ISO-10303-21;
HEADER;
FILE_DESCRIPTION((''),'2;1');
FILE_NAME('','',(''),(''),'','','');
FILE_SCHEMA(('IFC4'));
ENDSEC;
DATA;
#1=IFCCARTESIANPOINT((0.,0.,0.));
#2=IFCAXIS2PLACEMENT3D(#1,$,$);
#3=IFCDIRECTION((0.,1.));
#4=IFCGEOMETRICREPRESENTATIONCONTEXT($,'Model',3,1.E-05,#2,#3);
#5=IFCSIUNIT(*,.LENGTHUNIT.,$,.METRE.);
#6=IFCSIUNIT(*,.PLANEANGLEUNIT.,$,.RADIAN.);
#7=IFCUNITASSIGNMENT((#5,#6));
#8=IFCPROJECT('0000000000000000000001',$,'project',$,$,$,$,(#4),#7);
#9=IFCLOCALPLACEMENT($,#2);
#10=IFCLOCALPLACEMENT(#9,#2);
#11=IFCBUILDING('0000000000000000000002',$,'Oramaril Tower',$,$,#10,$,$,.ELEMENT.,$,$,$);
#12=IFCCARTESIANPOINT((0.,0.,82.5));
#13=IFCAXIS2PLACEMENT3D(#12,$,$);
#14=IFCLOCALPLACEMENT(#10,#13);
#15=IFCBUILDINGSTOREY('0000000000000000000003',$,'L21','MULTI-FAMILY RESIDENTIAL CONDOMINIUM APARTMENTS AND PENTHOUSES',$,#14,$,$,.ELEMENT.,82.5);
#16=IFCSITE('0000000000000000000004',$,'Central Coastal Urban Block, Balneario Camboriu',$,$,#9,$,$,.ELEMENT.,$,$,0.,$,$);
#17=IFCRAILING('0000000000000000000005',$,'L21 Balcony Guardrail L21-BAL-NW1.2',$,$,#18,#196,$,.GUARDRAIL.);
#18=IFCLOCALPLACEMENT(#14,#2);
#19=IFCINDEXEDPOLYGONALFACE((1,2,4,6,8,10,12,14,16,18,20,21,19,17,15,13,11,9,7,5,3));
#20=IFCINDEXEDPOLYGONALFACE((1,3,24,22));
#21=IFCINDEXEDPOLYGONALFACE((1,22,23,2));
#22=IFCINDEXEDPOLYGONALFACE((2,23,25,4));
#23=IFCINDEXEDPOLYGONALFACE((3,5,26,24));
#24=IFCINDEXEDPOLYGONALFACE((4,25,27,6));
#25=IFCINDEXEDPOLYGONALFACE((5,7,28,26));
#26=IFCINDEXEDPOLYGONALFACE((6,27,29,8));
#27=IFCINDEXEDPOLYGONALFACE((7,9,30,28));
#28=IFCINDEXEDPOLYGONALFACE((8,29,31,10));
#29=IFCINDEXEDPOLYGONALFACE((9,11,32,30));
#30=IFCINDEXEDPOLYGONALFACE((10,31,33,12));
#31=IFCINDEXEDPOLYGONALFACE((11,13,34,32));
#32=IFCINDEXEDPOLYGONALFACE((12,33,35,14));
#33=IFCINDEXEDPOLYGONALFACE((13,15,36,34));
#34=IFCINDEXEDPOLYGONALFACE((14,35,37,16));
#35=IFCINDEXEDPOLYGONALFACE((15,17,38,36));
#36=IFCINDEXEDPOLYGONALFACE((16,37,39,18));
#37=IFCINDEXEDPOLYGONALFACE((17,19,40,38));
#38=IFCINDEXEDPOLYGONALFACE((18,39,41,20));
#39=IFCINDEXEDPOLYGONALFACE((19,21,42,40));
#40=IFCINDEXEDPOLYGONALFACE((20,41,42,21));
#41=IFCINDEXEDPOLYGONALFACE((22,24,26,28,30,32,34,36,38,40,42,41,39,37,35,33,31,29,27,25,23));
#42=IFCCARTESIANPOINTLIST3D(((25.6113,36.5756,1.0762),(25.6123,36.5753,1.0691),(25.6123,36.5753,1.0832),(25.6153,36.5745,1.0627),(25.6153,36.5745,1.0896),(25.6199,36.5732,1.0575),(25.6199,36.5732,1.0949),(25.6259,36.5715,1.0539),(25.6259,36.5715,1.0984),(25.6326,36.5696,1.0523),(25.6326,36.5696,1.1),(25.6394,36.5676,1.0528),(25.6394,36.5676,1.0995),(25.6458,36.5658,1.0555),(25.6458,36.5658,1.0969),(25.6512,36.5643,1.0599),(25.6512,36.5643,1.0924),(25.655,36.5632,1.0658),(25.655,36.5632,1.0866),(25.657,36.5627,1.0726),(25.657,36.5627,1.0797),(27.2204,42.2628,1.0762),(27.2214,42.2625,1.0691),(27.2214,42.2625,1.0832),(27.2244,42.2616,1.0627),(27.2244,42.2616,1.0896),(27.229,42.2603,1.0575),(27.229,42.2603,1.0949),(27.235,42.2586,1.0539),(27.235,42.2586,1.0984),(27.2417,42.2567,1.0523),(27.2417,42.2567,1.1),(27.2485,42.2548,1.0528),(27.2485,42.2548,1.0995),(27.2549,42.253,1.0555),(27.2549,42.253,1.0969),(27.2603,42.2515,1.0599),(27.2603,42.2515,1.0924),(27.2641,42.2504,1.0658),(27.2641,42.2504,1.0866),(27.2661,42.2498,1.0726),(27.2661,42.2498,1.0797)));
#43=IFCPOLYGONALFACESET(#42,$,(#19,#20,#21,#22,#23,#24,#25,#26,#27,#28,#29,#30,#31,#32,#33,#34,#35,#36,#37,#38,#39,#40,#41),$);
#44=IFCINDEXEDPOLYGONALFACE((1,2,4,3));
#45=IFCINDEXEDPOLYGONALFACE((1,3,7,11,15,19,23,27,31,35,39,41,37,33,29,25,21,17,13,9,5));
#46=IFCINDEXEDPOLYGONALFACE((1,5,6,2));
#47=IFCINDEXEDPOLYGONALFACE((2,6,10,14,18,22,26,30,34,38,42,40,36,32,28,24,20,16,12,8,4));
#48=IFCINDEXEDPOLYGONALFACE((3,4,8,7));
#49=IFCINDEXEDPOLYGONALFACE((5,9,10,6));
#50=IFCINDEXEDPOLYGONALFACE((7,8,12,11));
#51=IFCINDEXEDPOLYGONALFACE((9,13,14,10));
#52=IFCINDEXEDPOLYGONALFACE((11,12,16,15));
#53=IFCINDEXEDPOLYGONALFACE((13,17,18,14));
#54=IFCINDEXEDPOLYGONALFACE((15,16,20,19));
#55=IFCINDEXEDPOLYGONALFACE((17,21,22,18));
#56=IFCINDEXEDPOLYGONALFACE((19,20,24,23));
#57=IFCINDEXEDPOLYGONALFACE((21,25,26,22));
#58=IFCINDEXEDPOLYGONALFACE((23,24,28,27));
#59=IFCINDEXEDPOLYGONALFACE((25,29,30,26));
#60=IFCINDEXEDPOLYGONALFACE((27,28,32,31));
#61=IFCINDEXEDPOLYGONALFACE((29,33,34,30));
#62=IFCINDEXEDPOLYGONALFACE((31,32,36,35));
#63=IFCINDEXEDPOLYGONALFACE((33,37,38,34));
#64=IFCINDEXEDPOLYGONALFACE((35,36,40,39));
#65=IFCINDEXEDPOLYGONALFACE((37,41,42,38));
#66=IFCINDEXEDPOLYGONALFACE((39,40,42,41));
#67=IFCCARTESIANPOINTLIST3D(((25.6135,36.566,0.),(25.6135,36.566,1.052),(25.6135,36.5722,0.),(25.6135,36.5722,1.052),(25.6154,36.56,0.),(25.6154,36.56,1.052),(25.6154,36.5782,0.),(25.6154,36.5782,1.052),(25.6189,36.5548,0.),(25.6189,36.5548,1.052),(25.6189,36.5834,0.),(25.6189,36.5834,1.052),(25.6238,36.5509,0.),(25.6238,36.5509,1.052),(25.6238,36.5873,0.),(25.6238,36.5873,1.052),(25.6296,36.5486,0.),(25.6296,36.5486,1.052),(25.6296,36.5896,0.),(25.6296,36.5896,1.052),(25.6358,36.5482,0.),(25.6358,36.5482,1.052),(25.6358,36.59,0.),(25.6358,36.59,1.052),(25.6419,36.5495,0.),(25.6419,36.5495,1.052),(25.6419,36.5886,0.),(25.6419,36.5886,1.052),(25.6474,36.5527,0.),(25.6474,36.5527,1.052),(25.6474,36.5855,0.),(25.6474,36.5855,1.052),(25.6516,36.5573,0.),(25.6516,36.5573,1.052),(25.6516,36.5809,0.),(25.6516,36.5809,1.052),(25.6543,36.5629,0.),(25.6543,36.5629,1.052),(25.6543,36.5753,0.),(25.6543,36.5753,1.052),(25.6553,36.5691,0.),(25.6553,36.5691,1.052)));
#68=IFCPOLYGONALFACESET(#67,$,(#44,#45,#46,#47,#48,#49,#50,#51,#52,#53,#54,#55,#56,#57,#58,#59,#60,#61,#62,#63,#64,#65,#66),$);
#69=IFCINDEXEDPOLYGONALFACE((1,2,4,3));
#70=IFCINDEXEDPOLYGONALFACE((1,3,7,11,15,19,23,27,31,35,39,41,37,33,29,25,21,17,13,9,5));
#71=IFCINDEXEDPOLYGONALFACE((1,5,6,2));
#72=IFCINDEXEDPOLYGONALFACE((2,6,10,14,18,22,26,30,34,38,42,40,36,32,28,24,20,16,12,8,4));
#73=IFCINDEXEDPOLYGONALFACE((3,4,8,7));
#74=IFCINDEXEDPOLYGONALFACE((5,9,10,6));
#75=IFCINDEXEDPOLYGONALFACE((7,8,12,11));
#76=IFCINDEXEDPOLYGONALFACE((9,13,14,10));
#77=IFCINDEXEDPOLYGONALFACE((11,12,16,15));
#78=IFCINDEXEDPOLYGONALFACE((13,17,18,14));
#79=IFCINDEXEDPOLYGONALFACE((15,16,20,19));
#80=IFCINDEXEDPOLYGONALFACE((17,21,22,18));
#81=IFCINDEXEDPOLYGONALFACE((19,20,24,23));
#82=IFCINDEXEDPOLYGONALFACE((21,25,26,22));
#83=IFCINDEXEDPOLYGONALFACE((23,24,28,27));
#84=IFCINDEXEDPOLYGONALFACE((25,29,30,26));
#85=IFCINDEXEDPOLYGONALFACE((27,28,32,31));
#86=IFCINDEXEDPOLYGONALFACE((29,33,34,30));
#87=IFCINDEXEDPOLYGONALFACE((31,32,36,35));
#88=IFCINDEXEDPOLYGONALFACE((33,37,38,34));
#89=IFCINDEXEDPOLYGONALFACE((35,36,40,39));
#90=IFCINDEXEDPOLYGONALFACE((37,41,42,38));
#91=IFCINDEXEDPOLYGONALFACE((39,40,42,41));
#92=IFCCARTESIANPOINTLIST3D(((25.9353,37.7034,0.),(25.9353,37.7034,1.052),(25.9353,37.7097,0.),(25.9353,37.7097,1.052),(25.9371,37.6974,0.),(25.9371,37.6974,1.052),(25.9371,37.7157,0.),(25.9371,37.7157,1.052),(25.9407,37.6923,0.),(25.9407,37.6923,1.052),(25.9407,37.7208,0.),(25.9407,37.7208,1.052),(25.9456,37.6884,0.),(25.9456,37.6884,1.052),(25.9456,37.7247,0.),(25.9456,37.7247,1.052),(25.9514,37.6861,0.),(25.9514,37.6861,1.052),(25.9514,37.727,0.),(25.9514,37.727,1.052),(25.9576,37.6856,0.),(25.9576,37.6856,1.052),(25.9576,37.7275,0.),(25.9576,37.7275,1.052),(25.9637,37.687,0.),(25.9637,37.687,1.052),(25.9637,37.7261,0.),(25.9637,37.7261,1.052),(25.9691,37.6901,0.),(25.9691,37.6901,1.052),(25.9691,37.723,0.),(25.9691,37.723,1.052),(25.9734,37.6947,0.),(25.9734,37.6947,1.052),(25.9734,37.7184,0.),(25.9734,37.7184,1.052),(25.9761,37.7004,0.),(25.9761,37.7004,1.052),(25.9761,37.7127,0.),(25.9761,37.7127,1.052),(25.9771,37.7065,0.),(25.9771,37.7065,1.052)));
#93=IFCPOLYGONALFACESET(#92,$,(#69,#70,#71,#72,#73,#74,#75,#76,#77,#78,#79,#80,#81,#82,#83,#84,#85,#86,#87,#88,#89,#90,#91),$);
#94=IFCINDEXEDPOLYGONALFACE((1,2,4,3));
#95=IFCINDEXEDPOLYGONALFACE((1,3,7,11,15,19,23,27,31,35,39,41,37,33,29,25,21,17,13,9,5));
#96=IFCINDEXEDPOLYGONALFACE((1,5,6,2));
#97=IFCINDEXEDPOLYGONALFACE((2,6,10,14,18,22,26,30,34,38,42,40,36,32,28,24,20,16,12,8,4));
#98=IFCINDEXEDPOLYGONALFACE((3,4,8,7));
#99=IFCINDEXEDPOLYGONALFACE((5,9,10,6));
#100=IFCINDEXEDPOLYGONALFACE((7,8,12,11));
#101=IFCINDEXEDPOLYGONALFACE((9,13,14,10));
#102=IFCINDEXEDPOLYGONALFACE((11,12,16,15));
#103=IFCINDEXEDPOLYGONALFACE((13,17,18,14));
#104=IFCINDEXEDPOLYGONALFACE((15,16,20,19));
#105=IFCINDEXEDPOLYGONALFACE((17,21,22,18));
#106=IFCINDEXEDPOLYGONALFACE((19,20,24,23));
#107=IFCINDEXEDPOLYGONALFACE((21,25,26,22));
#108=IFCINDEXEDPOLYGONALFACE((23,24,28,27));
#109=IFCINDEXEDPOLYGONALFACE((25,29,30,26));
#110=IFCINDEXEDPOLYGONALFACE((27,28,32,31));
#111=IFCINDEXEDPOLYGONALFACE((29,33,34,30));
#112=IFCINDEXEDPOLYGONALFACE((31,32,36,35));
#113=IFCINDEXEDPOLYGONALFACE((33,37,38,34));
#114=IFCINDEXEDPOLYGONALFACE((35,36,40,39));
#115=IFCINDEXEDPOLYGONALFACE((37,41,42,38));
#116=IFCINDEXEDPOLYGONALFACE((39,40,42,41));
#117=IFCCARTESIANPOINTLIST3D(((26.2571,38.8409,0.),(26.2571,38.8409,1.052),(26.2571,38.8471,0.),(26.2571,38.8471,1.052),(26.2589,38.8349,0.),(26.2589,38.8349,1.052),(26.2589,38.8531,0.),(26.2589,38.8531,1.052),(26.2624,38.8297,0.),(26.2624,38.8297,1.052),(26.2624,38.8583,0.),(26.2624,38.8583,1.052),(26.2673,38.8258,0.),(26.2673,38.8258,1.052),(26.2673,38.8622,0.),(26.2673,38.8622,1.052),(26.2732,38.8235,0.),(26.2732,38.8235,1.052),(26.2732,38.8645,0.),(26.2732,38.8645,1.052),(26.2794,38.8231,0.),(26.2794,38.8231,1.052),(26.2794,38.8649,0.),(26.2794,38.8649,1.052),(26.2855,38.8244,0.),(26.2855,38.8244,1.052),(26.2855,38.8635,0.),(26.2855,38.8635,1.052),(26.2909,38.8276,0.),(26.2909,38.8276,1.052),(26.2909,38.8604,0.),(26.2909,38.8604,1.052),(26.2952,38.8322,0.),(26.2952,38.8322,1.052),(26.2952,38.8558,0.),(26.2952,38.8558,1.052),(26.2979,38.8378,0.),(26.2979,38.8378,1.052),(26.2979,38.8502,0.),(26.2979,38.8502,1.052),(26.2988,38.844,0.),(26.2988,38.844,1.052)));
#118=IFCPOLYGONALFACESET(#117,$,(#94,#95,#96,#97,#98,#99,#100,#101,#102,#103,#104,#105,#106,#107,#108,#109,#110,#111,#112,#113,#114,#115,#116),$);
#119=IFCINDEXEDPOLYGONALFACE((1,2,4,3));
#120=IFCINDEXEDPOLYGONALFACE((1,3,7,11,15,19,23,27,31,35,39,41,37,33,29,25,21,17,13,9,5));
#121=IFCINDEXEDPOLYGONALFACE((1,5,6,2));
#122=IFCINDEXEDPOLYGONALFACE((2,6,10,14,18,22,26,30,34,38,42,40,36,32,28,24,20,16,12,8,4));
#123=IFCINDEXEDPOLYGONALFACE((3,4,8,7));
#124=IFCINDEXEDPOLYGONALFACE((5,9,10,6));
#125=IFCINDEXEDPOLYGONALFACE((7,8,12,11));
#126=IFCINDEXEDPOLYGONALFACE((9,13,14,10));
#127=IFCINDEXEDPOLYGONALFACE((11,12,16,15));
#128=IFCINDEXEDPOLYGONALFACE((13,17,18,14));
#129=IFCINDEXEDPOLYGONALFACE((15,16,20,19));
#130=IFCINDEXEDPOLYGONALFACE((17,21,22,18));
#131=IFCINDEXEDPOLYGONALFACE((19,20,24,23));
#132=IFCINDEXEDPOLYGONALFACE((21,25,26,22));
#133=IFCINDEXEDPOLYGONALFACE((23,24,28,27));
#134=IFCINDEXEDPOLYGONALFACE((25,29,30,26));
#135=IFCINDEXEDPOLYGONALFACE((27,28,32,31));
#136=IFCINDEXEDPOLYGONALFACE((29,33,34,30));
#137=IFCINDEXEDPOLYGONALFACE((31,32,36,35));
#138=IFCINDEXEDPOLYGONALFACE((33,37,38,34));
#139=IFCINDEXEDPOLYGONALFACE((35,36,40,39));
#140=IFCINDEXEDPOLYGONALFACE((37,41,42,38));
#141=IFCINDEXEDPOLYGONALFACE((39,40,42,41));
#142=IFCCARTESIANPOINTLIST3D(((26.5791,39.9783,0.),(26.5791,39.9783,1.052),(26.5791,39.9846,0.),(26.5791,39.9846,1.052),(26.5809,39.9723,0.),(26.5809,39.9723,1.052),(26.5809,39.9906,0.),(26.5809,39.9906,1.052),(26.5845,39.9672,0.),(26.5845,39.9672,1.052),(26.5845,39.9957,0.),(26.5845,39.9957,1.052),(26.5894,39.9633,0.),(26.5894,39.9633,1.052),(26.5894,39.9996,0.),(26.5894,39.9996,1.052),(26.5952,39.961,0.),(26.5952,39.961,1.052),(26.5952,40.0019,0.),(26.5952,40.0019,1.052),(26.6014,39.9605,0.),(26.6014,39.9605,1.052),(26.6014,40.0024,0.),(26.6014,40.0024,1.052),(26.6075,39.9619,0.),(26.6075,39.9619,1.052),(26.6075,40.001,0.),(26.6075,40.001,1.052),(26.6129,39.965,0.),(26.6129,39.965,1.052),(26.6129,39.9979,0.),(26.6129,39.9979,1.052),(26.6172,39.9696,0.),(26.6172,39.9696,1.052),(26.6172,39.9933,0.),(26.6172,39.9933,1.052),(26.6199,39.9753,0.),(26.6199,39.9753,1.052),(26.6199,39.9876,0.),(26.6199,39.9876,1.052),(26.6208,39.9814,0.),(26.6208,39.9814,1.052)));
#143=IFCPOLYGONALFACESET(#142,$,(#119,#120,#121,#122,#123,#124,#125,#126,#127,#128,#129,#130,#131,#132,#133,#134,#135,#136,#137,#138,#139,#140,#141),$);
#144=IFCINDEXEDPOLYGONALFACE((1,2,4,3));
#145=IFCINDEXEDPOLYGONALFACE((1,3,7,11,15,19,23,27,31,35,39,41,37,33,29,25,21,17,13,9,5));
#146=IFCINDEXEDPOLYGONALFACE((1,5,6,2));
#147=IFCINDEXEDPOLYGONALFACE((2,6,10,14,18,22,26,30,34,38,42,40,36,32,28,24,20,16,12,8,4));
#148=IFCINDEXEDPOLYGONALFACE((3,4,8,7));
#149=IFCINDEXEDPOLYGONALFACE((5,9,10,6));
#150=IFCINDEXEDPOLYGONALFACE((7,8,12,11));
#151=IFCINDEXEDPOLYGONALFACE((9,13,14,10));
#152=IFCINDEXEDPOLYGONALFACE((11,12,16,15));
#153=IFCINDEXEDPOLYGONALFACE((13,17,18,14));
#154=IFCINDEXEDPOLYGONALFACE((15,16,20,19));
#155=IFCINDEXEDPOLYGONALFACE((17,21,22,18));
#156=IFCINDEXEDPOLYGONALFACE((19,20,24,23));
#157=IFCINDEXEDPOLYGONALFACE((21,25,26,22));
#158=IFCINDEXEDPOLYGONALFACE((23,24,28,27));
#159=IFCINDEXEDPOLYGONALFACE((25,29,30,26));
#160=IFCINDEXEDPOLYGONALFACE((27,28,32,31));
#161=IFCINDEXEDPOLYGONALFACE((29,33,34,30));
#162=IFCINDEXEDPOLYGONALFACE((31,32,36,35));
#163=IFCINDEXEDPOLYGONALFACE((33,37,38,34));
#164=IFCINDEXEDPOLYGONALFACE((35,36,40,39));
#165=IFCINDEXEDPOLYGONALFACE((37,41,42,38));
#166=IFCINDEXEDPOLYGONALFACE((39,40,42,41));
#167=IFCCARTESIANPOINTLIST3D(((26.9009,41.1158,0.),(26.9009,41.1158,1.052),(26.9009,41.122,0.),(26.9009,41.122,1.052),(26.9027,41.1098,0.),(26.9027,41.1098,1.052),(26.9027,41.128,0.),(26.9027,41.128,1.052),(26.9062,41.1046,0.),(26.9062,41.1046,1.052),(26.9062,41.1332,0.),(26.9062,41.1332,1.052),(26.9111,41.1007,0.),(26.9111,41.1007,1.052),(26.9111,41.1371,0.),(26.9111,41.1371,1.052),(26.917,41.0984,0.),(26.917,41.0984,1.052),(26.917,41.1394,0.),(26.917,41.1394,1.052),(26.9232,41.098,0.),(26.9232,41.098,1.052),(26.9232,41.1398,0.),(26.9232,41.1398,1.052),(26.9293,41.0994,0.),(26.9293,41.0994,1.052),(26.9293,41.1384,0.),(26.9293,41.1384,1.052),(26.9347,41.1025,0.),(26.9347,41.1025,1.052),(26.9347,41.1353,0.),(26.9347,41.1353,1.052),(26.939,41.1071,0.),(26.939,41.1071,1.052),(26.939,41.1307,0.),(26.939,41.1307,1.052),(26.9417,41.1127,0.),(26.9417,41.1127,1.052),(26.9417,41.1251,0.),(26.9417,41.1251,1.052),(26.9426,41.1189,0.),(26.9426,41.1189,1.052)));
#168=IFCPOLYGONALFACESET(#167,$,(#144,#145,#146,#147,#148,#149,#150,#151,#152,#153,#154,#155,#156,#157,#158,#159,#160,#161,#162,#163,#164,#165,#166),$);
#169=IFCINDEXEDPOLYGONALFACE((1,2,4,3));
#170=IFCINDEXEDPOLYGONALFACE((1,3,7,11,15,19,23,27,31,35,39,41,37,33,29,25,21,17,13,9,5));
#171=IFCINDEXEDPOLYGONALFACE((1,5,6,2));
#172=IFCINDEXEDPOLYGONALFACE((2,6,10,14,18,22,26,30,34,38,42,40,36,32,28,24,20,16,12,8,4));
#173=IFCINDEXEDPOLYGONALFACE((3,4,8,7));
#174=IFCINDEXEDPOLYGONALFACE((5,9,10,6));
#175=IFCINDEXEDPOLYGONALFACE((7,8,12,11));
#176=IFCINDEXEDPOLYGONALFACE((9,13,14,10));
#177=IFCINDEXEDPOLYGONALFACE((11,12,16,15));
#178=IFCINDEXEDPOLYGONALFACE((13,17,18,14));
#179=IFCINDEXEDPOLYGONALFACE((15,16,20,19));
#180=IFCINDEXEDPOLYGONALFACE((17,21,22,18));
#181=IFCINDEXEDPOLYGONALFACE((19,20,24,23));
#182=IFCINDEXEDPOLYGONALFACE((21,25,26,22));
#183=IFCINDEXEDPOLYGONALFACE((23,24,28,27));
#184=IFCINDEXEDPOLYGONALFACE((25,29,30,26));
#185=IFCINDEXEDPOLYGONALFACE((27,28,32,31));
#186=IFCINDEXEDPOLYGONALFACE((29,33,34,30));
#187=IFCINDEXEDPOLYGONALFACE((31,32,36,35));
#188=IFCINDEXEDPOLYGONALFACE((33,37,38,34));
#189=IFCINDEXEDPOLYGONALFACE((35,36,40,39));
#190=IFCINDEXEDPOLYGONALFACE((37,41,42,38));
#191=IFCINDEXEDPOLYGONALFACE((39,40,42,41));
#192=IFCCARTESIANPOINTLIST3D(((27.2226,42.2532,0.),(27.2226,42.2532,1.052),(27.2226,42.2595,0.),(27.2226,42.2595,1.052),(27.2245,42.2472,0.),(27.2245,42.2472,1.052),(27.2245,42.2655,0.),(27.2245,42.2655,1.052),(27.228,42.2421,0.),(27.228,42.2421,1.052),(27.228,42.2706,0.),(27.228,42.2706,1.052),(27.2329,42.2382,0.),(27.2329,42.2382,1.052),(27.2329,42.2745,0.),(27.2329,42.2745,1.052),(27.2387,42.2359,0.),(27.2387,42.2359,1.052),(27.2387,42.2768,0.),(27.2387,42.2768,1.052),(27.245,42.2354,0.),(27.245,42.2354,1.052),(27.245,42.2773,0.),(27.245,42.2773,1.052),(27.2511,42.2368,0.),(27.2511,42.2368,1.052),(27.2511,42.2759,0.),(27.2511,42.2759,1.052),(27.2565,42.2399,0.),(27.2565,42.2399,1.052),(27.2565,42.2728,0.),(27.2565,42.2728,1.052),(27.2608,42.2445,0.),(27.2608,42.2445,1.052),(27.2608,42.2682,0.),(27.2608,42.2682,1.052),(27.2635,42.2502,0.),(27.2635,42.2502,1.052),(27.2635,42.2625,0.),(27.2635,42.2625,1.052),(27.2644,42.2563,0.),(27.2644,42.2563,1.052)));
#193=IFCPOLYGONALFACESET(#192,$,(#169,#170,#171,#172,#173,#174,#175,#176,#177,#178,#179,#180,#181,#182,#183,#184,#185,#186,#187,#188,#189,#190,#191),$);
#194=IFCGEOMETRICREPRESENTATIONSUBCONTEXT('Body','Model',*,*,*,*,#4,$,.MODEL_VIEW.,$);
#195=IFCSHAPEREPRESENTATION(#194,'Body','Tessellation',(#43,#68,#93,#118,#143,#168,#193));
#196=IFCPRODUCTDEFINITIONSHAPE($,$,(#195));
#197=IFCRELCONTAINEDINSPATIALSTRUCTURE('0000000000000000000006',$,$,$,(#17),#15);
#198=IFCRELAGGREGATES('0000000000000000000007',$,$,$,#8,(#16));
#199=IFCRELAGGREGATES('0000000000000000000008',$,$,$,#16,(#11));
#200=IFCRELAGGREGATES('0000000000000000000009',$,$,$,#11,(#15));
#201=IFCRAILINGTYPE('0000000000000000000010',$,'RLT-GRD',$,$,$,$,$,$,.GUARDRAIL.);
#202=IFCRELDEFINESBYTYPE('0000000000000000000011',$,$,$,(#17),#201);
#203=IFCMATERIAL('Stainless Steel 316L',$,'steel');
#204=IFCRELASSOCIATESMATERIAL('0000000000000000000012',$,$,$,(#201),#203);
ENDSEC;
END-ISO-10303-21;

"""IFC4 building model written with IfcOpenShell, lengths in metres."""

from ifc_helpers import new_model, si_unit, direction, frame, origin, origin_2d, place, context, subcontext, project, spatial, circle, extrude, material, type_object, element, save


model = new_model("IFC4")

# Units and contexts
model_context = context("Model", 3, precision=1e-05, world=origin(), true_north=direction((0.0, 1.0)))
body_context = subcontext(model_context, "Body", "Model", "MODEL_VIEW")
ifc_project = project(units=[si_unit("LENGTHUNIT", "METRE"), si_unit("PLANEANGLEUNIT", "RADIAN")], contexts=[model_context])

# Site, building, storey
site_placement = place(None, origin())
site = spatial("IfcSite", under=ifc_project, at=site_placement, Name="Central Coastal Urban Block, Balneario Camboriu", CompositionType="ELEMENT", RefElevation=0.0)
building_placement = place(site_placement, origin())
building = spatial("IfcBuilding", under=site, at=building_placement, Name="Oramaril Tower", CompositionType="ELEMENT")
storey_placement = place(building_placement, frame((0.0, 0.0, 82.5)))
storey = spatial("IfcBuildingStorey", under=building, at=storey_placement, Name="L21", Description="MULTI-FAMILY RESIDENTIAL CONDOMINIUM APARTMENTS AND PENTHOUSES", CompositionType="ELEMENT", Elevation=82.5)

# Railing
ifc_material_1 = material(Name="Stainless Steel 316L", Category="steel")
railing_type = type_object("IfcRailingType", Name="RLT-GRD", PredefinedType="GUARDRAIL", material=ifc_material_1)
railing_1_placement = place(storey_placement, frame((25.6343, 36.5691, 0.0)))
element("IfcRailing", 1, at=railing_1_placement, inside=storey, type_object=railing_type, Name="L21 Balcony Guardrail L21-BAL-NW1.2", PredefinedType="GUARDRAIL", context=body_context, shape_type="SweptSolid", body=[
    extrude(circle(Radius=0.0239, at=origin_2d()), frame((0.0, 0.0, 1.0762), z_axis=(0.272249, 0.962227, 0.0), x_axis=(-0.962227, 0.272249, 0.0)), (0.0, 0.0, 1.0), 5.9104),
    extrude(circle(Radius=0.021, at=origin_2d()), origin(), (0.0, 0.0, 1.0), 1.052),
    extrude(circle(Radius=0.021, at=origin_2d()), frame((0.3218, 1.1375, 0.0)), (0.0, 0.0, 1.0), 1.052),
    extrude(circle(Radius=0.021, at=origin_2d()), frame((0.6436, 2.2749, 0.0)), (0.0, 0.0, 1.0), 1.052),
    extrude(circle(Radius=0.021, at=origin_2d()), frame((0.9656, 3.4124, 0.0)), (0.0, 0.0, 1.0), 1.052),
    extrude(circle(Radius=0.021, at=origin_2d()), frame((1.2874, 4.5498, 0.0)), (0.0, 0.0, 1.0), 1.052),
    extrude(circle(Radius=0.021, at=origin_2d()), frame((1.6091, 5.6873, 0.0)), (0.0, 0.0, 1.0), 1.052),
])

save(model, "model.ifc")
